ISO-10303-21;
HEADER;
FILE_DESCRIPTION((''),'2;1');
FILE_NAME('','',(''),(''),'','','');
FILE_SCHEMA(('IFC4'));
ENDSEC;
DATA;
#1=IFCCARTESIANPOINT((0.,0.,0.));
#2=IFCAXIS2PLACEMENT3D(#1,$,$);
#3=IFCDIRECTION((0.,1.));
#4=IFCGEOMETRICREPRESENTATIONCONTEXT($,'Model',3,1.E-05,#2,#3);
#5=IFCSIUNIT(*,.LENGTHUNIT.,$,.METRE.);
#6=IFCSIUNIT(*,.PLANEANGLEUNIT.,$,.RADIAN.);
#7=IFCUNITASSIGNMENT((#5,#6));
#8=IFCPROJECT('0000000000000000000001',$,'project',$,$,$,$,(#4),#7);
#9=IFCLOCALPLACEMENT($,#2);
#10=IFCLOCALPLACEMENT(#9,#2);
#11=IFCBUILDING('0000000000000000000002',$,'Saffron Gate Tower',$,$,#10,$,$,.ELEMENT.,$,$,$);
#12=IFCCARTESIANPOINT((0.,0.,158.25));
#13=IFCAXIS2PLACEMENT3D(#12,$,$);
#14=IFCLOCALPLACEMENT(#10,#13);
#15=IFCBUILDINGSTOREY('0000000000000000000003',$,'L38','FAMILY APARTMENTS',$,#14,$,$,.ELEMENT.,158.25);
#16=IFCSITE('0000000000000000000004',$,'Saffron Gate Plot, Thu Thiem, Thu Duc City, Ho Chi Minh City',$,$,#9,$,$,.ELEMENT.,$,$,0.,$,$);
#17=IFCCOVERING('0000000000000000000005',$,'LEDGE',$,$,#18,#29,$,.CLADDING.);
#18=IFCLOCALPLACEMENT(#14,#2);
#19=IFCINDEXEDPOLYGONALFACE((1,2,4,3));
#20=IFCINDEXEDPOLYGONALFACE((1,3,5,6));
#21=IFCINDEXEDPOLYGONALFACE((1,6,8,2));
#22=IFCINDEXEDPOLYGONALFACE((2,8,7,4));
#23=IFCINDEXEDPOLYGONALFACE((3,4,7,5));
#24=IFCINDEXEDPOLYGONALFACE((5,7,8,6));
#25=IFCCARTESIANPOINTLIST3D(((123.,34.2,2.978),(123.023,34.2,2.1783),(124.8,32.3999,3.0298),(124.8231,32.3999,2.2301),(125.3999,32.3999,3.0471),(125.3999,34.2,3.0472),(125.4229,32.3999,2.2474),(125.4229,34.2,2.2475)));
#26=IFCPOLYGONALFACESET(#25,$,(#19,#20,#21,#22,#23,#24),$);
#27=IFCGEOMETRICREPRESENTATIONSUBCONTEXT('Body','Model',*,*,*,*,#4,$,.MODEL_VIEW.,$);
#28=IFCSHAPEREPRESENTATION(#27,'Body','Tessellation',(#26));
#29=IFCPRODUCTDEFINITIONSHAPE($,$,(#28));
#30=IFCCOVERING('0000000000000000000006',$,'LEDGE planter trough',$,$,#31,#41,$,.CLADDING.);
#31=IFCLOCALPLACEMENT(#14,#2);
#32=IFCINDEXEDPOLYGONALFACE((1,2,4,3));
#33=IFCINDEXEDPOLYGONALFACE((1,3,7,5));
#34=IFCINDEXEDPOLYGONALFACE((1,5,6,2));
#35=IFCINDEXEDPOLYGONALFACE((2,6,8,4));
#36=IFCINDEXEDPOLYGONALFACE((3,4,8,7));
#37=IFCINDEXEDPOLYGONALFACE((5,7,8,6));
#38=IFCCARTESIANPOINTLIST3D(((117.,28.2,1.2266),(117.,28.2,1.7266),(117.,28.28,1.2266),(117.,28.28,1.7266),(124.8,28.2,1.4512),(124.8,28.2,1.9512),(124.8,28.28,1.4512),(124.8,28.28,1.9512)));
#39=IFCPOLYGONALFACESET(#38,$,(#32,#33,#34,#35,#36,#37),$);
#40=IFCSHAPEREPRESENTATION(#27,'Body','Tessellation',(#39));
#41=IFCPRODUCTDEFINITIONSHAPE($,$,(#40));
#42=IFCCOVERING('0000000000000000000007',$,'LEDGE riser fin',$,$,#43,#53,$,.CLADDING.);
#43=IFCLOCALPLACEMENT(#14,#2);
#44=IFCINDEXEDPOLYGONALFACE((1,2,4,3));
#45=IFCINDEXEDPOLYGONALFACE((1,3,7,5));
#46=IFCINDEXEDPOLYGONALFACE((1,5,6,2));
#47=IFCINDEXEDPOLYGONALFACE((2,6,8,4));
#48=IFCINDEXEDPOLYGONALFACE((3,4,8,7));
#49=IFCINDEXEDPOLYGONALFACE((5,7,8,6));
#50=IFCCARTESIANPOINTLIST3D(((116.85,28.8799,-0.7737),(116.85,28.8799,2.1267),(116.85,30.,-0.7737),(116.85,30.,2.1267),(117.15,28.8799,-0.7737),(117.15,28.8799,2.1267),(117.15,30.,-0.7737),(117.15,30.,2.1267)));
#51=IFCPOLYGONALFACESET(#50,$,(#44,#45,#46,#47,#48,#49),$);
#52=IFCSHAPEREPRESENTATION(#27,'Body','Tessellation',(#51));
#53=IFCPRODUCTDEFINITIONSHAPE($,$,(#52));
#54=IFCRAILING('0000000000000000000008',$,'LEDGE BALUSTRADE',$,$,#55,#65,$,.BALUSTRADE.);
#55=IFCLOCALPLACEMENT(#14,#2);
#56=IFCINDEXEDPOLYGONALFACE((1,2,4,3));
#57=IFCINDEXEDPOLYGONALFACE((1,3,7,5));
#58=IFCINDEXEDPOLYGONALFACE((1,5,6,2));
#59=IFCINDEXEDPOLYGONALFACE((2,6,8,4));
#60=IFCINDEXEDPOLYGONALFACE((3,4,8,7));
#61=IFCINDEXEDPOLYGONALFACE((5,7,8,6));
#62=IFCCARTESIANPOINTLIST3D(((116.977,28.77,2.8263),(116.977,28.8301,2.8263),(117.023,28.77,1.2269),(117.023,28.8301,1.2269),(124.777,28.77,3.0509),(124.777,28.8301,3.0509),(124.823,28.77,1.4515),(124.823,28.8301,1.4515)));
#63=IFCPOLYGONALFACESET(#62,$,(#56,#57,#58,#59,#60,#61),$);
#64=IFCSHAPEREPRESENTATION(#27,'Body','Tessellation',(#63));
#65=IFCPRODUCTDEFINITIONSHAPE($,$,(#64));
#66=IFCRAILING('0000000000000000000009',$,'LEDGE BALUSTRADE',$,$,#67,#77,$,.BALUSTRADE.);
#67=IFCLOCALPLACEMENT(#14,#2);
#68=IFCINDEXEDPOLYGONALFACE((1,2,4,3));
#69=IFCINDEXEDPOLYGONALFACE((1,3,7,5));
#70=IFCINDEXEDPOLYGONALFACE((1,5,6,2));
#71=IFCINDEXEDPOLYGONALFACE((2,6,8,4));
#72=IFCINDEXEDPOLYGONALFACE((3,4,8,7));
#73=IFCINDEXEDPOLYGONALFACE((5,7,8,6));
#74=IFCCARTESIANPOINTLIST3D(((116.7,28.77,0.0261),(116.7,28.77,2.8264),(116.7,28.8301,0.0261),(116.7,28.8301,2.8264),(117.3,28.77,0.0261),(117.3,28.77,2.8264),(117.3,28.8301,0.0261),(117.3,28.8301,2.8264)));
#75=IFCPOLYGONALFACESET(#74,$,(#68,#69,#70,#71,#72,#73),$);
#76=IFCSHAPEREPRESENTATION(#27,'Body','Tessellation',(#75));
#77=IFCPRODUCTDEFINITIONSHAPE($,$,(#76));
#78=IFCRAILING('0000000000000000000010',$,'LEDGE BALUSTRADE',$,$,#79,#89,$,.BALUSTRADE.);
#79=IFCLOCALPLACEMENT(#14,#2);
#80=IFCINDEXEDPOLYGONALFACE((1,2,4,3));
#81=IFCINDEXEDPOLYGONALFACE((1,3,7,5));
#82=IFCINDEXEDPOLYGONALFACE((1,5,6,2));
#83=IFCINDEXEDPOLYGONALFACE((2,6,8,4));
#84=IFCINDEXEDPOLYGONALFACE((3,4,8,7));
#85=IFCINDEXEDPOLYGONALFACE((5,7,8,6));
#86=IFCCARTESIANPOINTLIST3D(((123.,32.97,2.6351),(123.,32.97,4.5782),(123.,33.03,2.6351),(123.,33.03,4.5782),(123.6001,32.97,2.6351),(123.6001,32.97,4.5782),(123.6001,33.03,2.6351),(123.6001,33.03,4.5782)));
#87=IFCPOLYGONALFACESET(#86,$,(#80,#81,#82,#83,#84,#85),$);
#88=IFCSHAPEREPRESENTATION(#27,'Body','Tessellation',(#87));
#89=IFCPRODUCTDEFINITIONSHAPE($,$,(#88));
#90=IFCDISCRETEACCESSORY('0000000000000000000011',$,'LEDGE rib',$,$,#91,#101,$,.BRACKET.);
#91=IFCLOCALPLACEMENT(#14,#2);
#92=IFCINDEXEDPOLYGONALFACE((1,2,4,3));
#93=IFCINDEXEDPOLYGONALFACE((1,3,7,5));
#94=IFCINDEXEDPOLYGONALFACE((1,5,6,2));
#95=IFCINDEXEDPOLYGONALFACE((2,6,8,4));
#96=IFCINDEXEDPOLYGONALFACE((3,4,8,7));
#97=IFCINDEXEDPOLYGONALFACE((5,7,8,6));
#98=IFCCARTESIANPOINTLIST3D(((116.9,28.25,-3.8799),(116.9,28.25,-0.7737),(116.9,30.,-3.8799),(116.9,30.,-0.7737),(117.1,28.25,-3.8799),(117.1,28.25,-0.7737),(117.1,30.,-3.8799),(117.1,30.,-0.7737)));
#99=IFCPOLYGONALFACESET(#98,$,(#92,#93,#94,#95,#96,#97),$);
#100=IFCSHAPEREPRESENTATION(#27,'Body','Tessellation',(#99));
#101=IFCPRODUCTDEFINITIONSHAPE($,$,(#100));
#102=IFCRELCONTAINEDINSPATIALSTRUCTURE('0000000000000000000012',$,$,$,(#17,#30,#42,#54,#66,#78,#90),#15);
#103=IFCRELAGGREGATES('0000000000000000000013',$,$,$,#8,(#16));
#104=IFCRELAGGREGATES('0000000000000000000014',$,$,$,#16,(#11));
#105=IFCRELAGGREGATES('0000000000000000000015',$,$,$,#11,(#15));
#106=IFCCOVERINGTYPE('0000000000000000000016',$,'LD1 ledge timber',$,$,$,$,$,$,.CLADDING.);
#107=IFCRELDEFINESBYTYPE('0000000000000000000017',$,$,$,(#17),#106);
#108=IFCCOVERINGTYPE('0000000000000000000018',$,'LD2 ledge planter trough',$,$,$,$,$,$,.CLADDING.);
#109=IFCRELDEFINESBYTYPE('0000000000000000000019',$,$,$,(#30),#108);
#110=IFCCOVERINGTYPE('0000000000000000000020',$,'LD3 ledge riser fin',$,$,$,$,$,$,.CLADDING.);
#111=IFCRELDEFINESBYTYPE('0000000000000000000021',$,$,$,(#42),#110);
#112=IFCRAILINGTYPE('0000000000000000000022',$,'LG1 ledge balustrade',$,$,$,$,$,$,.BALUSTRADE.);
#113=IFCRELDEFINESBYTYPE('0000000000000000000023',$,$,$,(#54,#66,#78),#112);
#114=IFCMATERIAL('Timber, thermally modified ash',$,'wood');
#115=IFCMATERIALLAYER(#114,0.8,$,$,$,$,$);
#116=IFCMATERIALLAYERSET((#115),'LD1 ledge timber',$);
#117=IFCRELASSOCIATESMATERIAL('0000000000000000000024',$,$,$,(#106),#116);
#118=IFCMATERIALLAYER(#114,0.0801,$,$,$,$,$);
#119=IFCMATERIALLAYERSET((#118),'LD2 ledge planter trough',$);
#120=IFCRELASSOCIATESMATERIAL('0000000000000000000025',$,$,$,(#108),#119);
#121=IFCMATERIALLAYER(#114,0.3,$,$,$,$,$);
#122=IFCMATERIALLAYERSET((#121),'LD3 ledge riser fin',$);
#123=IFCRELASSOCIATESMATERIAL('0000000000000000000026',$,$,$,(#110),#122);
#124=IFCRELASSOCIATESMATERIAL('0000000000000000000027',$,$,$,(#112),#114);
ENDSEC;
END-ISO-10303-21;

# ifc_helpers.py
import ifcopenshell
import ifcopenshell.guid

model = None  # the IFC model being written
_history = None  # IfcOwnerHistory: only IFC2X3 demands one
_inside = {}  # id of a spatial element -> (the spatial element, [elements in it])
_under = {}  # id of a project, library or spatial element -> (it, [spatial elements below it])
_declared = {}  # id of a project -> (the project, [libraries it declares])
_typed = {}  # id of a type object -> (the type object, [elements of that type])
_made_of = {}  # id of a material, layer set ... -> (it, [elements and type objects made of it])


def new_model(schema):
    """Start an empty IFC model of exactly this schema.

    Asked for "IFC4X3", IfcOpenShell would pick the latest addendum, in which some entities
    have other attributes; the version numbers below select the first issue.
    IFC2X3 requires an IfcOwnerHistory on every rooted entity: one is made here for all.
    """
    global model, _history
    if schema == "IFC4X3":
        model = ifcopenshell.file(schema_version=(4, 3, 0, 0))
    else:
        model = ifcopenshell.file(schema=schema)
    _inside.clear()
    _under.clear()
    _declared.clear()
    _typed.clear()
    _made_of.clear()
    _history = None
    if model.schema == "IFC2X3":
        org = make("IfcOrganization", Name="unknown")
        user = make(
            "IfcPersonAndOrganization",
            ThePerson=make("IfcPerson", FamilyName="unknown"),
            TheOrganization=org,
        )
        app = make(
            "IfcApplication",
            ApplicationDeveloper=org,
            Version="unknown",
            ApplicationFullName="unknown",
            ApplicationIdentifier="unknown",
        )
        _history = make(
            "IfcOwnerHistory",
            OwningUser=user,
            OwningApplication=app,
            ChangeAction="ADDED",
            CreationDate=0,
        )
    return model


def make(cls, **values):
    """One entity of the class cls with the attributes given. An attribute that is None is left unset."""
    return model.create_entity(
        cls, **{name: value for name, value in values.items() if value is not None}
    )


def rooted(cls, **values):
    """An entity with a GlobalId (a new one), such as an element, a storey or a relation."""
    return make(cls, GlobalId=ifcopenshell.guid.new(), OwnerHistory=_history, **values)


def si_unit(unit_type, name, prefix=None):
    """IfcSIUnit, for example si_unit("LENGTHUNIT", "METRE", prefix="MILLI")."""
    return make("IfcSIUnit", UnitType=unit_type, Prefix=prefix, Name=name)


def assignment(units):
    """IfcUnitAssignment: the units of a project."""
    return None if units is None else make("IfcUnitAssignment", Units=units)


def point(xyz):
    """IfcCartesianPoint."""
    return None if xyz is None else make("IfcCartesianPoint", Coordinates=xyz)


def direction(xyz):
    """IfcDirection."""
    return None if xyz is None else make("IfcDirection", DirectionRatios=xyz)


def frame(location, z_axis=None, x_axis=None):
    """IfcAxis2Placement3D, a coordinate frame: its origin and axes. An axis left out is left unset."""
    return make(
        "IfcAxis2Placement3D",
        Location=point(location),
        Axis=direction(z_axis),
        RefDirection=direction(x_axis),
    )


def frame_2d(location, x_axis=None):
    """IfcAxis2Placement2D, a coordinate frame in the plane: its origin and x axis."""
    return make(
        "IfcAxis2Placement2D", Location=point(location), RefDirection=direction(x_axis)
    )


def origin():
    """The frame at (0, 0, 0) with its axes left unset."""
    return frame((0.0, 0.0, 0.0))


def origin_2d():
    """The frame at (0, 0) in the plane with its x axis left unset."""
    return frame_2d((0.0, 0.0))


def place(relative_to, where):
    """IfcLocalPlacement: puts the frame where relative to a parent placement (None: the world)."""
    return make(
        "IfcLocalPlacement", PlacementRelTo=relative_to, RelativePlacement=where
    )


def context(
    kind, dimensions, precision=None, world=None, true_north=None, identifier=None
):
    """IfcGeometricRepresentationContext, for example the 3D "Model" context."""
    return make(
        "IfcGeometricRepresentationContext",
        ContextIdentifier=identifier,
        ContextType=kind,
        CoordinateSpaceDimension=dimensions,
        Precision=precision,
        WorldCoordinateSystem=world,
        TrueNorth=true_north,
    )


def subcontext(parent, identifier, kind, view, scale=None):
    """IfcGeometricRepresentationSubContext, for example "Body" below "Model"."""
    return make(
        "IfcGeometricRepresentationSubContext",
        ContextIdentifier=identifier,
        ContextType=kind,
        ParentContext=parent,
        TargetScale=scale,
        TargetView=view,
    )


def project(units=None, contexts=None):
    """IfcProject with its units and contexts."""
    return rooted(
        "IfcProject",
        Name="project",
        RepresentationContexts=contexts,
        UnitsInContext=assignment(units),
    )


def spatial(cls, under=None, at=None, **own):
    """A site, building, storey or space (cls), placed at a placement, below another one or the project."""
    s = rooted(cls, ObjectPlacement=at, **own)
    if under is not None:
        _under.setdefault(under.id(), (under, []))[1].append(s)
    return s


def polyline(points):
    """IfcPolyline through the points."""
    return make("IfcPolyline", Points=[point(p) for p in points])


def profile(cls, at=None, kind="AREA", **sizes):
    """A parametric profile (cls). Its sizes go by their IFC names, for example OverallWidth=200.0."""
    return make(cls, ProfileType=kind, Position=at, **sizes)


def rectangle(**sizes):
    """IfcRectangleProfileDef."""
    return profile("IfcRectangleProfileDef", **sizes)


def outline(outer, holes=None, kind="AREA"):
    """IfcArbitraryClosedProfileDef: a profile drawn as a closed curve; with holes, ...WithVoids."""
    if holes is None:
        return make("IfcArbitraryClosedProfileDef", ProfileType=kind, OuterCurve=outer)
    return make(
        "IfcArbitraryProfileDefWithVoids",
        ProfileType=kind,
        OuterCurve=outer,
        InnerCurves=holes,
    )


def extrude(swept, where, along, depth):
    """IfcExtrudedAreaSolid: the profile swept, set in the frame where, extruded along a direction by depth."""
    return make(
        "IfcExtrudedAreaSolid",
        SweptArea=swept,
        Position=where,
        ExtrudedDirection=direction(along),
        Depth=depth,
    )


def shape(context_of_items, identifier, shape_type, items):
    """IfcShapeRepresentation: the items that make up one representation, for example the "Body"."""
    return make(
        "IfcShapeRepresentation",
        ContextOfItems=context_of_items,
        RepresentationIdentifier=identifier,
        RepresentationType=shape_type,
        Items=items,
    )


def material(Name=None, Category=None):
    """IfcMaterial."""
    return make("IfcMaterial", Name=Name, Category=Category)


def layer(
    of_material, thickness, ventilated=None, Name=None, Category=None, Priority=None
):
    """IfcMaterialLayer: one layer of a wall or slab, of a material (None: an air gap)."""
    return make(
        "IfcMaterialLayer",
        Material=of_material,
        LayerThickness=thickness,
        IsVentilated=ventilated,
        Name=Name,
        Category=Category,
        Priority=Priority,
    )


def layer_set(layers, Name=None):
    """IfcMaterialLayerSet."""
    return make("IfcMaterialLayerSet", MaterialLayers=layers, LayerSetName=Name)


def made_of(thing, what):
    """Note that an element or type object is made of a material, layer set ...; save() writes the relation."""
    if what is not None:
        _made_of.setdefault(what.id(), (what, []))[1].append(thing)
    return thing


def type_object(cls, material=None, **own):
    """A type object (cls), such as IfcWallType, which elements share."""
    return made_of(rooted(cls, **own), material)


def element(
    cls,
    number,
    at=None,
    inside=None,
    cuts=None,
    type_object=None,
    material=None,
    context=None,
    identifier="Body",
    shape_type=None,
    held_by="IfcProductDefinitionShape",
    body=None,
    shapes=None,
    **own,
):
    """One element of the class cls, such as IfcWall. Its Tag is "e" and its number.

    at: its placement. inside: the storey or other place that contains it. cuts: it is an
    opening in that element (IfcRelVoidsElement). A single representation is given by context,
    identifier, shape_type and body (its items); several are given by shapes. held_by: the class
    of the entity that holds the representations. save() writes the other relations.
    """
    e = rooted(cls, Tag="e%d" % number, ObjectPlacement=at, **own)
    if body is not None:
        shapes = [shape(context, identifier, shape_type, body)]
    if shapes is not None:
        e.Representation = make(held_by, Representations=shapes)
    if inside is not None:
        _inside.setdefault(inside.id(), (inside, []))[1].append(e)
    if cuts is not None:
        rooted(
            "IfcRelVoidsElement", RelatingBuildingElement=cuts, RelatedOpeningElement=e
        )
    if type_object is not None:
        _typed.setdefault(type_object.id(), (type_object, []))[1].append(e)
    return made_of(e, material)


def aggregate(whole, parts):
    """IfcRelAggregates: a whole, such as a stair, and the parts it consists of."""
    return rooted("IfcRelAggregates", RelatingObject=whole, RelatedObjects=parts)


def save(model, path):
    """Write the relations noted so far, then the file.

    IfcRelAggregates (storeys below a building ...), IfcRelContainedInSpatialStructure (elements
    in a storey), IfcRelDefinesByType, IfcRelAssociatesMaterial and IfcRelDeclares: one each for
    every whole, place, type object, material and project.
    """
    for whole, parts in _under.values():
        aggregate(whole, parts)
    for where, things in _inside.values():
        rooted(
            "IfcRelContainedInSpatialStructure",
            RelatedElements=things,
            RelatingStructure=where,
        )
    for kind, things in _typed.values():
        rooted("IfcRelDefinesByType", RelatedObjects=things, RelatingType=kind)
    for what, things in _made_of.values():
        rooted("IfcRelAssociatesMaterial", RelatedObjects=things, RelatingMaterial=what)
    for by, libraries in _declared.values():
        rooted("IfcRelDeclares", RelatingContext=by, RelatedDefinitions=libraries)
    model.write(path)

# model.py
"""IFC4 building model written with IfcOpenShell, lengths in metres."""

from ifc_helpers import new_model, si_unit, direction, frame, origin, origin_2d, place, context, subcontext, project, spatial, polyline, rectangle, outline, extrude, material, layer, layer_set, type_object, element, save


model = new_model("IFC4")

# Units and contexts
model_context = context("Model", 3, precision=1e-05, world=origin(), true_north=direction((0.0, 1.0)))
body_context = subcontext(model_context, "Body", "Model", "MODEL_VIEW")
ifc_project = project(units=[si_unit("LENGTHUNIT", "METRE"), si_unit("PLANEANGLEUNIT", "RADIAN")], contexts=[model_context])

# Site, building, storey
site_placement = place(None, origin())
site = spatial("IfcSite", under=ifc_project, at=site_placement, Name="Saffron Gate Plot, Thu Thiem, Thu Duc City, Ho Chi Minh City", CompositionType="ELEMENT", RefElevation=0.0)
building_placement = place(site_placement, origin())
building = spatial("IfcBuilding", under=site, at=building_placement, Name="Saffron Gate Tower", CompositionType="ELEMENT")
storey_placement = place(building_placement, frame((0.0, 0.0, 158.25)))
storey = spatial("IfcBuildingStorey", under=building, at=storey_placement, Name="L38", Description="FAMILY APARTMENTS", CompositionType="ELEMENT", Elevation=158.25)

# Coverings
ifc_material_1 = material(Name="Timber, thermally modified ash", Category="wood")
ifc_layer_1 = layer(ifc_material_1, 0.8)
ifc_layer_set_1 = layer_set([ifc_layer_1], Name="LD1 ledge timber")
covering_type_1 = type_object("IfcCoveringType", Name="LD1 ledge timber", PredefinedType="CLADDING", material=ifc_layer_set_1)
covering_1_placement = place(storey_placement, frame((123.0, 34.2, 2.978), z_axis=(-0.028799, -0.000029, 0.999585), x_axis=(0.999585, 0.0, 0.028799)))
element("IfcCovering", 1, at=covering_1_placement, inside=storey, type_object=covering_type_1, Name="LEDGE", PredefinedType="CLADDING", context=body_context, shape_type="SweptSolid", body=[
    extrude(outline(polyline([(0.0, 0.0), (2.4009, 0.0), (2.4009, -1.8), (1.8008, -1.8), (0.0, 0.0)])), origin(), (0.0, 0.0, -1.0), 0.8),
])
ifc_layer_2 = layer(ifc_material_1, 0.0801)
ifc_layer_set_2 = layer_set([ifc_layer_2], Name="LD2 ledge planter trough")
covering_type_2 = type_object("IfcCoveringType", Name="LD2 ledge planter trough", PredefinedType="CLADDING", material=ifc_layer_set_2)
covering_2_placement = place(storey_placement, frame((117.0, 28.2, 1.2266), z_axis=(0.0, -1.0, 0.0), x_axis=(0.999586, 0.0, 0.028784)))
element("IfcCovering", 2, at=covering_2_placement, inside=storey, type_object=covering_type_2, Name="LEDGE planter trough", PredefinedType="CLADDING", context=body_context, shape_type="SweptSolid", body=[
    extrude(outline(polyline([(0.0, 0.0), (7.8033, 0.0), (7.8177, 0.4998), (0.0144, 0.4998), (0.0, 0.0)])), origin(), (0.0, 0.0, -1.0), 0.0801),
])
ifc_layer_3 = layer(ifc_material_1, 0.3)
ifc_layer_set_3 = layer_set([ifc_layer_3], Name="LD3 ledge riser fin")
covering_type_3 = type_object("IfcCoveringType", Name="LD3 ledge riser fin", PredefinedType="CLADDING", material=ifc_layer_set_3)
covering_3_placement = place(storey_placement, frame((117.0, 29.4399, -0.7737), z_axis=(0.0, 0.0, 1.0), x_axis=(1.0, 0.0, 0.0)))
element("IfcCovering", 3, at=covering_3_placement, inside=storey, type_object=covering_type_3, Name="LEDGE riser fin", PredefinedType="CLADDING", context=body_context, shape_type="SweptSolid", body=[
    extrude(rectangle(XDim=0.3, YDim=1.1201, at=origin_2d()), origin(), (0.0, 0.0, 1.0), 2.9004),
])

# Railings
railing_type = type_object("IfcRailingType", Name="LG1 ledge balustrade", PredefinedType="BALUSTRADE", material=ifc_material_1)
railing_1_placement = place(storey_placement, frame((117.0, 28.8, 1.2266)))
element("IfcRailing", 4, at=railing_1_placement, inside=storey, type_object=railing_type, Name="LEDGE BALUSTRADE", PredefinedType="BALUSTRADE", context=body_context, shape_type="SweptSolid", body=[
    extrude(rectangle(XDim=0.0601, YDim=1.6001, at=origin_2d()), frame((0.0, 0.0, 0.8), z_axis=(0.999586, 0.0, 0.028784), x_axis=(0.0, 1.0, 0.0)), (0.0, 0.0, 1.0), 7.8032),
])
railing_2_placement = place(storey_placement, frame((116.7, 28.8, 0.0261)))
element("IfcRailing", 5, at=railing_2_placement, inside=storey, type_object=railing_type, Name="LEDGE BALUSTRADE", PredefinedType="BALUSTRADE", context=body_context, shape_type="SweptSolid", body=[
    extrude(rectangle(XDim=0.0601, YDim=2.8003, at=origin_2d()), frame((0.0, 0.0, 1.4001), z_axis=(1.0, 0.0, 0.0), x_axis=(0.0, 1.0, 0.0)), (0.0, 0.0, 1.0), 0.6001),
])
railing_3_placement = place(storey_placement, frame((123.0, 33.0, 2.635)))
element("IfcRailing", 6, at=railing_3_placement, inside=storey, type_object=railing_type, Name="LEDGE BALUSTRADE", PredefinedType="BALUSTRADE", context=body_context, shape_type="SweptSolid", body=[
    extrude(rectangle(XDim=0.0601, YDim=1.9431, at=origin_2d()), frame((0.0, 0.0, 0.9717), z_axis=(1.0, 0.0, 0.0), x_axis=(0.0, 1.0, 0.0)), (0.0, 0.0, 1.0), 0.6001),
])

# Discrete accessory
discrete_accessory_placement = place(storey_placement, frame((117.0, 29.125, -3.8799), z_axis=(0.0, 0.0, 1.0), x_axis=(1.0, 0.0, 0.0)))
element("IfcDiscreteAccessory", 7, at=discrete_accessory_placement, inside=storey, Name="LEDGE rib", PredefinedType="BRACKET", context=body_context, shape_type="SweptSolid", body=[
    extrude(rectangle(XDim=0.2, YDim=1.75, at=origin_2d()), origin(), (0.0, 0.0, 1.0), 3.1062),
])

save(model, "model.ifc")
